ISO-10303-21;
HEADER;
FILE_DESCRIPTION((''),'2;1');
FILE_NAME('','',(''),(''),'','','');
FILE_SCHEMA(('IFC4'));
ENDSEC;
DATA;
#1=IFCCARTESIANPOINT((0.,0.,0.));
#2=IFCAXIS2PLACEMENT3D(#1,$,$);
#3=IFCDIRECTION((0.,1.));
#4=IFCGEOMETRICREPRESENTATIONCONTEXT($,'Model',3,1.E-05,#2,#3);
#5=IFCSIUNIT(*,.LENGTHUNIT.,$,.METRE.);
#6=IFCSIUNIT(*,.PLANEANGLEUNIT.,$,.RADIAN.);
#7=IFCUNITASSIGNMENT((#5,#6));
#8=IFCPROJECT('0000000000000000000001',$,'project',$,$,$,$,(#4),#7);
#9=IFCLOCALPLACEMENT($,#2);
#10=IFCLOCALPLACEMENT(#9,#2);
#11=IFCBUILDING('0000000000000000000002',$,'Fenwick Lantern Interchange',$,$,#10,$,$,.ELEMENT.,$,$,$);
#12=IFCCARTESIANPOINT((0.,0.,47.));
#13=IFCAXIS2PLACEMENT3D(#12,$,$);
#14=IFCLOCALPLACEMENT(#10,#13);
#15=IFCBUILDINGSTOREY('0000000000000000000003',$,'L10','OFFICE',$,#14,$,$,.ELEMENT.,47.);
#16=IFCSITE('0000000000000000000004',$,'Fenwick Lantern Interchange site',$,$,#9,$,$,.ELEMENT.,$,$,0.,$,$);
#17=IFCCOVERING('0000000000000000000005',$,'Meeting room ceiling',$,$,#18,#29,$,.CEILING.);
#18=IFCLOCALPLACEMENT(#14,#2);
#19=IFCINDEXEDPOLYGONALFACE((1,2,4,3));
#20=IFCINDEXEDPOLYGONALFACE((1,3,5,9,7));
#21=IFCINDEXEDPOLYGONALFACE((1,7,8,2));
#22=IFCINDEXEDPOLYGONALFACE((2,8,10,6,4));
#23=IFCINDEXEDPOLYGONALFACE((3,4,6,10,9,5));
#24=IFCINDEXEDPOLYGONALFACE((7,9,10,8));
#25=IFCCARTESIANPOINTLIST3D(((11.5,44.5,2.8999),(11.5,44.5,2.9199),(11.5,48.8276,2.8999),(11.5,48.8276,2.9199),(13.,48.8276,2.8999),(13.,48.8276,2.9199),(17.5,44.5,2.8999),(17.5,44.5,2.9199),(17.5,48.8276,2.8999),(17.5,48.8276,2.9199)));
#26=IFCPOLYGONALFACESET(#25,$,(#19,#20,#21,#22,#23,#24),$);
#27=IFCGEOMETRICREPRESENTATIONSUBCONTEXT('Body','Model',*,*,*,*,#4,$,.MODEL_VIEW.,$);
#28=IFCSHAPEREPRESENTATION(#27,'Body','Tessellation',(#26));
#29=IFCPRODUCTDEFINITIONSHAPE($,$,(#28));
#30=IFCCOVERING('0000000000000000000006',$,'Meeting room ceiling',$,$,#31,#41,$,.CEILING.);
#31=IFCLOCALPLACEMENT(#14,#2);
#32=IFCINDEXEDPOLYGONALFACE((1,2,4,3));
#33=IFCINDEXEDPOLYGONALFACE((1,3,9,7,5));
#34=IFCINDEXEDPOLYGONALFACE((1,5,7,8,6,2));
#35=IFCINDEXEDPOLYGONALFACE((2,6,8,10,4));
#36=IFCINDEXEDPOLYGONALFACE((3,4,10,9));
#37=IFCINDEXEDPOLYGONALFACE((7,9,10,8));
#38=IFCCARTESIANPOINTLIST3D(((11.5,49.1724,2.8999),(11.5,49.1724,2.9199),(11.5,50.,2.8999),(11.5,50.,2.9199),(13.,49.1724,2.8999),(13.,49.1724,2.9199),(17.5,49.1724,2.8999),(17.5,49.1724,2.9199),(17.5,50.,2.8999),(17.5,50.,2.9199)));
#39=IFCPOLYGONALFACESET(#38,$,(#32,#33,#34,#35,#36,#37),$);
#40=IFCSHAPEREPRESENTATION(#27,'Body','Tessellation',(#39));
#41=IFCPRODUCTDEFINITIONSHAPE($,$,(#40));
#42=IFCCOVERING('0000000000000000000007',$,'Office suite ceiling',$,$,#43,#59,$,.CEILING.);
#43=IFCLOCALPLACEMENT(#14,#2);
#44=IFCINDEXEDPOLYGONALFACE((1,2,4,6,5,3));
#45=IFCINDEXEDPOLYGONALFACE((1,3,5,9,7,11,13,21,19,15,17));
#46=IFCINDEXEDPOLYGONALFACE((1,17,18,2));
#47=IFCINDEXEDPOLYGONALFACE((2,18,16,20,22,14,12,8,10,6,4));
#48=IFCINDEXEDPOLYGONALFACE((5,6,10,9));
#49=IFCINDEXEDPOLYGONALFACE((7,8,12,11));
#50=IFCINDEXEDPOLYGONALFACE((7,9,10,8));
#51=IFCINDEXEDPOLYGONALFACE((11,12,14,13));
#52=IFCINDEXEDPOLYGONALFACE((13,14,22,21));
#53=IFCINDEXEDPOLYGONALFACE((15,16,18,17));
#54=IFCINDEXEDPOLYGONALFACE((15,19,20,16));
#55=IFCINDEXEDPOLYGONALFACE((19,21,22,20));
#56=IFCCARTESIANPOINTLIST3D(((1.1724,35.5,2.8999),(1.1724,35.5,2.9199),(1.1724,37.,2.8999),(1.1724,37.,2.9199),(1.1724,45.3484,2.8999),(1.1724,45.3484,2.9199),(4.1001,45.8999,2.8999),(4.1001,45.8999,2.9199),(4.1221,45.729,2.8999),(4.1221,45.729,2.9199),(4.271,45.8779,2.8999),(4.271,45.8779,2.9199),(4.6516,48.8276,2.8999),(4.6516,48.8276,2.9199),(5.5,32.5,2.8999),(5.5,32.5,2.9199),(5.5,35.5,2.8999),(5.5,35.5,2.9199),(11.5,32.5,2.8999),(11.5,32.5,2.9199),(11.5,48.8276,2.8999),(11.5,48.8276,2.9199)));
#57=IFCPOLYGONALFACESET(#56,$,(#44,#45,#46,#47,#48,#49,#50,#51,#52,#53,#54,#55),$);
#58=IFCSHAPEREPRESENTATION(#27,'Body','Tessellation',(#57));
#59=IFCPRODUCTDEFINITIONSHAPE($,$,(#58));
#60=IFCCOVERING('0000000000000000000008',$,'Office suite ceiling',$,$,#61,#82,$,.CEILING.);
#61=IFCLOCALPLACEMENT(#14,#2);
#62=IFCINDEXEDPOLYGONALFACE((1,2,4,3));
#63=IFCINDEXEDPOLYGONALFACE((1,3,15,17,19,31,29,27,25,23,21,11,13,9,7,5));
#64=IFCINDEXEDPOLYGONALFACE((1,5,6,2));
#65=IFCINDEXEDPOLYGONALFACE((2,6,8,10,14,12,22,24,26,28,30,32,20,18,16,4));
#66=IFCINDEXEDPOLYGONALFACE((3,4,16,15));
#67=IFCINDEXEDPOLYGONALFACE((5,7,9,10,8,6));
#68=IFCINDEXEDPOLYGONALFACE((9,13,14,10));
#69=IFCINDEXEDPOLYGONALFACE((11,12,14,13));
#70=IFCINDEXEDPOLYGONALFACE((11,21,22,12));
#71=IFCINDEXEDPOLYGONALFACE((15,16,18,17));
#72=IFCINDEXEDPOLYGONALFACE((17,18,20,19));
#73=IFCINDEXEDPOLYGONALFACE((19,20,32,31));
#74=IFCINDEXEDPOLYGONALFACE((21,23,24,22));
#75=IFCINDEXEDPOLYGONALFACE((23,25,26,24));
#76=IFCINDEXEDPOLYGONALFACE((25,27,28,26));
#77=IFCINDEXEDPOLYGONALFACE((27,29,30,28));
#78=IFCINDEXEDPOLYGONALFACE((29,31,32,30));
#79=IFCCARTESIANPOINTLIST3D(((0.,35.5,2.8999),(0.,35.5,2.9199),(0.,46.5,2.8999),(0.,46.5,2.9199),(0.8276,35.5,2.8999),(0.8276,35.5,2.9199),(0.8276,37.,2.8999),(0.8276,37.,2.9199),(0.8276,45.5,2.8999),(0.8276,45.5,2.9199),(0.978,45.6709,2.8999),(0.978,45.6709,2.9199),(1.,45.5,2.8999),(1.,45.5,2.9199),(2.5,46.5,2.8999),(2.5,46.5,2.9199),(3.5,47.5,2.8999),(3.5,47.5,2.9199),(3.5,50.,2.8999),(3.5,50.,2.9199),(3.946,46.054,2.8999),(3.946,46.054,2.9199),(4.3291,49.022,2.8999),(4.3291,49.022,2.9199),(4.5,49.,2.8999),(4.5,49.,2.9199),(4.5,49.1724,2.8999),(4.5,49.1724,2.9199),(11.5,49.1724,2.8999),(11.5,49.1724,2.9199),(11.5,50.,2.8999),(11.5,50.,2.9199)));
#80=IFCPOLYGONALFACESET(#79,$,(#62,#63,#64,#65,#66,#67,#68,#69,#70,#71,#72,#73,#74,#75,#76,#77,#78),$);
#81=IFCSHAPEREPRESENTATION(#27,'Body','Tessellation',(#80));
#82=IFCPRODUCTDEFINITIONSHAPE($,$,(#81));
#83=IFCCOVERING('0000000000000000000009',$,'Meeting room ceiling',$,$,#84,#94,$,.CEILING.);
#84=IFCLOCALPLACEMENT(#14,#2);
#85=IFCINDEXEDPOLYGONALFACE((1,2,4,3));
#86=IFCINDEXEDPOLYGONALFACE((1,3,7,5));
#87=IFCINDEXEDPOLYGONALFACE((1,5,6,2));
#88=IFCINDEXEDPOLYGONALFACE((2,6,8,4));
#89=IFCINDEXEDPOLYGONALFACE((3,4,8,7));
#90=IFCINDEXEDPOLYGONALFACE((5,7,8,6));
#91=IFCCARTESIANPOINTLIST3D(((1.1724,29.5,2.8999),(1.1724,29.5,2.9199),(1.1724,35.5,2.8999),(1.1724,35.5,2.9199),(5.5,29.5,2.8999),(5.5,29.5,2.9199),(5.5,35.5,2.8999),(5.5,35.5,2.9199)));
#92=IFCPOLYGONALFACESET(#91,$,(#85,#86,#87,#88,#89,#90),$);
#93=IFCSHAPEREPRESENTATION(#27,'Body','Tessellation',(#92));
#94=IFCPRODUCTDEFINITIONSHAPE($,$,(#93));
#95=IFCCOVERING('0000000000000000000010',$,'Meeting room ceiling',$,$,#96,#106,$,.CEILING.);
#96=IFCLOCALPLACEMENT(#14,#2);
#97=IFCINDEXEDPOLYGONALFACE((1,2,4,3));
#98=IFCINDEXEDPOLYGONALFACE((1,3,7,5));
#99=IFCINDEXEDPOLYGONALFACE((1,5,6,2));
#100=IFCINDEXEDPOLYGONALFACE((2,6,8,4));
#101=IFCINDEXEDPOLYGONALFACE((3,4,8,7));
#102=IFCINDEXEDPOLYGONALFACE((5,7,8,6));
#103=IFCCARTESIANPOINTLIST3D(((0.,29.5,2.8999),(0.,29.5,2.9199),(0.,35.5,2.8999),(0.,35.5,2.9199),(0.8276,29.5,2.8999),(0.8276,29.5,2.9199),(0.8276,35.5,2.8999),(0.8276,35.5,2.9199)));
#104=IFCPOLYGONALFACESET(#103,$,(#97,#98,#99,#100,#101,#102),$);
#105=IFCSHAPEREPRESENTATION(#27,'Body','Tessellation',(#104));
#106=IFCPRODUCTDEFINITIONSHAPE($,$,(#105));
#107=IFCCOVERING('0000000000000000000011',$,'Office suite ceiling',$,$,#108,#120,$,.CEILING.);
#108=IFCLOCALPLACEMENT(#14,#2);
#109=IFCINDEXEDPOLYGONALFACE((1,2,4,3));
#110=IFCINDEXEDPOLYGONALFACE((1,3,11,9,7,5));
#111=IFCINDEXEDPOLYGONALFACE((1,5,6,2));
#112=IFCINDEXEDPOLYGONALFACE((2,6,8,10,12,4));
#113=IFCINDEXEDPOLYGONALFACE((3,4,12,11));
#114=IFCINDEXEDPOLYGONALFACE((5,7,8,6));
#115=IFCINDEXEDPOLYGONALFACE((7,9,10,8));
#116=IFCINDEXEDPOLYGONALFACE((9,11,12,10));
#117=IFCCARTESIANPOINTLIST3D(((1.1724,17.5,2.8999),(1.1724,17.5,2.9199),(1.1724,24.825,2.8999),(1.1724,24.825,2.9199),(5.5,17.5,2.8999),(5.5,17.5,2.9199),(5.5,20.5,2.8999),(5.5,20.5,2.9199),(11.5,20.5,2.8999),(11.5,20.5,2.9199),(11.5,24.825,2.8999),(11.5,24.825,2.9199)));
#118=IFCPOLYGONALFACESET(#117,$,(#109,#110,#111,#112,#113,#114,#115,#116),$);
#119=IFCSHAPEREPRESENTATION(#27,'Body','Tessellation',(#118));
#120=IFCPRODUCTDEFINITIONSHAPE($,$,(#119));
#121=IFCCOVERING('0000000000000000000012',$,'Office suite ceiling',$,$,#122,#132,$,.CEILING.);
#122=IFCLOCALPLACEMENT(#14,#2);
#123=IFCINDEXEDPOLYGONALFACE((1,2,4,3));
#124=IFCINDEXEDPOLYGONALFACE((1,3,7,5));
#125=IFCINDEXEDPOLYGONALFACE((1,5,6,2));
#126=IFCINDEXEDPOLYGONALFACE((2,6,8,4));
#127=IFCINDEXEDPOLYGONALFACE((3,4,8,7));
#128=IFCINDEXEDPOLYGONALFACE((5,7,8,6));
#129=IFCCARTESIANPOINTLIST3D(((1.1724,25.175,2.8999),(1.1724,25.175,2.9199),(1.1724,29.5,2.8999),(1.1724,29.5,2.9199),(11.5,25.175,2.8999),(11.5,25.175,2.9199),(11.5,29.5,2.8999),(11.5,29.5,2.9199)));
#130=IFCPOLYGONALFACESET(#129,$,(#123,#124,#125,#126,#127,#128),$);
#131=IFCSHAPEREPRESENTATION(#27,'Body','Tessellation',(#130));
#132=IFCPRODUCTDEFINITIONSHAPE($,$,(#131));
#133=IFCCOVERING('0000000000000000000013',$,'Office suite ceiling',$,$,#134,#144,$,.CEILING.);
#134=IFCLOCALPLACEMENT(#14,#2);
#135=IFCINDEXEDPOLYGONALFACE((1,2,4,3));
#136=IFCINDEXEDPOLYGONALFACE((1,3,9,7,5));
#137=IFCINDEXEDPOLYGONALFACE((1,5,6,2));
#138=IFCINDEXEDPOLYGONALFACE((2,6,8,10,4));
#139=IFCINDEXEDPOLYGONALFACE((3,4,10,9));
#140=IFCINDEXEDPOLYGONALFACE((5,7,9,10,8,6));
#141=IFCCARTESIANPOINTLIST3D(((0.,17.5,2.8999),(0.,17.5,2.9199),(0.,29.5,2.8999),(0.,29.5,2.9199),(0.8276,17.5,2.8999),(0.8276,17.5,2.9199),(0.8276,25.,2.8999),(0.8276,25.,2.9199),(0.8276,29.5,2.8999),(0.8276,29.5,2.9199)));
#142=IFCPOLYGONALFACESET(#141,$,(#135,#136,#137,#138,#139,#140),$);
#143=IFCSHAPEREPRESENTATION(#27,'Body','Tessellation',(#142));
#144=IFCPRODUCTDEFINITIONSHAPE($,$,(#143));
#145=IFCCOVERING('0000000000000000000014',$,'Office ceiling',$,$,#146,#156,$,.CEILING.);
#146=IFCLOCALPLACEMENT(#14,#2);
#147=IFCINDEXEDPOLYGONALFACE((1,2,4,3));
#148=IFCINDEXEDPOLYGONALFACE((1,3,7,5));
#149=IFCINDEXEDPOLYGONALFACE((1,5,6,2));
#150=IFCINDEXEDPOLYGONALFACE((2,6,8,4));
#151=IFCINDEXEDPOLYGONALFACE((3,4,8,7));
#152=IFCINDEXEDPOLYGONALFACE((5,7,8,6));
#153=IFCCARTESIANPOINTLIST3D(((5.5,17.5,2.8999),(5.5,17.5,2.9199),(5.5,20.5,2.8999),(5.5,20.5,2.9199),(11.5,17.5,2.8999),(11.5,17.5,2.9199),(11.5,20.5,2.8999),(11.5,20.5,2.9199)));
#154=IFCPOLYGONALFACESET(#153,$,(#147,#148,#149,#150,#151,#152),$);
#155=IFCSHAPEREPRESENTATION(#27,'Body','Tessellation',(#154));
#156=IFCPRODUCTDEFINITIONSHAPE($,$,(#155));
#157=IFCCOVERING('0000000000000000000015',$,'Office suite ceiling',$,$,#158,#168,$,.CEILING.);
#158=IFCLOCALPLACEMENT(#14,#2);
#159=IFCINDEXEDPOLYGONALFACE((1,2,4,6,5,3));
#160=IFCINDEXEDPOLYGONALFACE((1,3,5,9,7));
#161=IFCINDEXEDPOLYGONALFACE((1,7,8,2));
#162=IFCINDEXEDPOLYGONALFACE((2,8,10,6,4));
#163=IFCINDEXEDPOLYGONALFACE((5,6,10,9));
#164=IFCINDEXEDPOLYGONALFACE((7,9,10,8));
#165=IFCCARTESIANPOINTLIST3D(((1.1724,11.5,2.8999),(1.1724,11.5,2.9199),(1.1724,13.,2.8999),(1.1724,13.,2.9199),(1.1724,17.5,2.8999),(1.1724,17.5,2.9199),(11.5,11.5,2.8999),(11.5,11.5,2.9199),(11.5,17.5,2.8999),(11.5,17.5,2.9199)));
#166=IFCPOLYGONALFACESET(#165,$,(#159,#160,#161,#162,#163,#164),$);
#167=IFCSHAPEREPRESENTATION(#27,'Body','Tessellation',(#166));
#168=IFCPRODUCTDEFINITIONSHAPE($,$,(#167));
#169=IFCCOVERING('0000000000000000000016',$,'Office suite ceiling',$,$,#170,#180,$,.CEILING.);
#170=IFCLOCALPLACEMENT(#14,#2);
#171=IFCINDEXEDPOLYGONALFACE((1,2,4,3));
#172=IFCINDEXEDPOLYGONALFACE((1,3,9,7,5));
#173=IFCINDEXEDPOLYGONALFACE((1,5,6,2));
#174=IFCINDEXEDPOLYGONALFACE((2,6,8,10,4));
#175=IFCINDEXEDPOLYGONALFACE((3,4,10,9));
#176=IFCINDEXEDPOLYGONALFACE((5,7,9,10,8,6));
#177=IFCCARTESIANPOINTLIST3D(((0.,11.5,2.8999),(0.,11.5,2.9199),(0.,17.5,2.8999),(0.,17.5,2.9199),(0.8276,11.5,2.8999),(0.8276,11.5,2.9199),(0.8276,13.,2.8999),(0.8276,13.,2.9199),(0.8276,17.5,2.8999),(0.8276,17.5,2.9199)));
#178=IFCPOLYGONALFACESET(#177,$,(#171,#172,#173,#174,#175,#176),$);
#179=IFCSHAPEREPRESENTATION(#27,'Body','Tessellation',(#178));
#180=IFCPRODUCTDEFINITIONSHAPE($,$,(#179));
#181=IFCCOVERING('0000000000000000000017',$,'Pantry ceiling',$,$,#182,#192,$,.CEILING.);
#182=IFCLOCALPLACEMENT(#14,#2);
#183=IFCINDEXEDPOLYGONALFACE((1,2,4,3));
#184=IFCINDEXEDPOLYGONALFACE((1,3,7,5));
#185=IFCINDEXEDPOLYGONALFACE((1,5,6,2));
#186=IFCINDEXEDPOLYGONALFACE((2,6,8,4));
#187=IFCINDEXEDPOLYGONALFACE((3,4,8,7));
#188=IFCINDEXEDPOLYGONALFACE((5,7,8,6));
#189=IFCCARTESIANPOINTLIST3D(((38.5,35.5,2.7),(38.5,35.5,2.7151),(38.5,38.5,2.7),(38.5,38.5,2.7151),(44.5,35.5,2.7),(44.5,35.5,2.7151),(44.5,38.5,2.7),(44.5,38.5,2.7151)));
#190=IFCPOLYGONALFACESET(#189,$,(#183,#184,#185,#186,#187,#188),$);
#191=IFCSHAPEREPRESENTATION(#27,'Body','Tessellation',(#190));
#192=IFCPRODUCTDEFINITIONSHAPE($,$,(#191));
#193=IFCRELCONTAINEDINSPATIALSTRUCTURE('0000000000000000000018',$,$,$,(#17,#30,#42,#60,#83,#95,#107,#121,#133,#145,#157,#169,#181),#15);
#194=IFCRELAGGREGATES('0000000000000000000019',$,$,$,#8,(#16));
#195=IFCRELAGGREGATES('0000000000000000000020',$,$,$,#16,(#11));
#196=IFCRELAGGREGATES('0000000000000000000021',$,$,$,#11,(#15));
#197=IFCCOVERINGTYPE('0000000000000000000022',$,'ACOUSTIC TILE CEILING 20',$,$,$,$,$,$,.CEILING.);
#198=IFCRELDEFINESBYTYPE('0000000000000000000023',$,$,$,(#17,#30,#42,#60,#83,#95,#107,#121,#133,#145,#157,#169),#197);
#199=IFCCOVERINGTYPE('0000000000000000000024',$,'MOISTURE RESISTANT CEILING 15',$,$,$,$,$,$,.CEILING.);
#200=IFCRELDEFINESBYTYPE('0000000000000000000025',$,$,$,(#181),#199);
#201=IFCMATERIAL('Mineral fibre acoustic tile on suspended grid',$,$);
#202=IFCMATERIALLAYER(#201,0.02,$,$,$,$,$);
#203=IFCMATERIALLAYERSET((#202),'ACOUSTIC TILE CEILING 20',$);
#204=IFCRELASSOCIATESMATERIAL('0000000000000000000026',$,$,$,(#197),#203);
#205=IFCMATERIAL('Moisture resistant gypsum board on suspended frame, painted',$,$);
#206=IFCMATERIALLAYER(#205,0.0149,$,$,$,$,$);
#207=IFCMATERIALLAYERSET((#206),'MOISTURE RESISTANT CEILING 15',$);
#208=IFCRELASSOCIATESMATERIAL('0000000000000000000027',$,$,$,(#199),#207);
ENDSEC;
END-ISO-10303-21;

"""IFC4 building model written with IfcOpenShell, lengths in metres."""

from ifc_helpers import new_model, si_unit, direction, frame, origin, place, context, subcontext, project, spatial, polyline, outline, extrude, material, layer, layer_set, type_object, element, save


model = new_model("IFC4")

# Units and contexts
model_context = context("Model", 3, precision=1e-05, world=origin(), true_north=direction((0.0, 1.0)))
body_context = subcontext(model_context, "Body", "Model", "MODEL_VIEW")
ifc_project = project(units=[si_unit("LENGTHUNIT", "METRE"), si_unit("PLANEANGLEUNIT", "RADIAN")], contexts=[model_context])

# Site, building, storey
site_placement = place(None, origin())
site = spatial("IfcSite", under=ifc_project, at=site_placement, Name="Fenwick Lantern Interchange site", CompositionType="ELEMENT", RefElevation=0.0)
building_placement = place(site_placement, origin())
building = spatial("IfcBuilding", under=site, at=building_placement, Name="Fenwick Lantern Interchange", CompositionType="ELEMENT")
storey_placement = place(building_placement, frame((0.0, 0.0, 47.0)))
storey = spatial("IfcBuildingStorey", under=building, at=storey_placement, Name="L10", Description="OFFICE", CompositionType="ELEMENT", Elevation=47.0)

# Coverings
ifc_material_1 = material(Name="Mineral fibre acoustic tile on suspended grid")
ifc_layer_1 = layer(ifc_material_1, 0.02)
ifc_layer_set_1 = layer_set([ifc_layer_1], Name="ACOUSTIC TILE CEILING 20")
covering_type_1 = type_object("IfcCoveringType", Name="ACOUSTIC TILE CEILING 20", PredefinedType="CEILING", material=ifc_layer_set_1)
covering_1_placement = place(storey_placement, frame((0.0, 0.0, 2.8999)))
element("IfcCovering", 1, at=covering_1_placement, inside=storey, type_object=covering_type_1, Name="Meeting room ceiling", PredefinedType="CEILING", context=body_context, shape_type="SweptSolid", body=[
    extrude(outline(polyline([(17.5, 44.5), (17.5, 48.8276), (13.0, 48.8276), (11.5, 48.8276), (11.5, 44.5), (17.5, 44.5)])), origin(), (0.0, 0.0, 1.0), 0.02),
])
covering_2_placement = place(storey_placement, frame((0.0, 0.0, 2.8999)))
element("IfcCovering", 2, at=covering_2_placement, inside=storey, type_object=covering_type_1, Name="Meeting room ceiling", PredefinedType="CEILING", context=body_context, shape_type="SweptSolid", body=[
    extrude(outline(polyline([(11.5, 50.0), (11.5, 49.1724), (13.0, 49.1724), (17.5, 49.1724), (17.5, 50.0), (11.5, 50.0)])), origin(), (0.0, 0.0, 1.0), 0.02),
])
covering_3_placement = place(storey_placement, frame((0.0, 0.0, 2.8999)))
element("IfcCovering", 3, at=covering_3_placement, inside=storey, type_object=covering_type_1, Name="Office suite ceiling", PredefinedType="CEILING", context=body_context, shape_type="SweptSolid", body=[
    extrude(outline(polyline([(11.5, 32.5), (11.5, 48.8276), (4.6516, 48.8276), (4.271, 45.8779), (4.1001, 45.8999), (4.1221, 45.729), (1.1724, 45.3484), (1.1724, 37.0), (1.1724, 35.5), (5.5, 35.5), (5.5, 32.5), (11.5, 32.5)])), origin(), (0.0, 0.0, 1.0), 0.02),
])
covering_4_placement = place(storey_placement, frame((0.0, 0.0, 2.8999)))
element("IfcCovering", 4, at=covering_4_placement, inside=storey, type_object=covering_type_1, Name="Office suite ceiling", PredefinedType="CEILING", context=body_context, shape_type="SweptSolid", body=[
    extrude(outline(polyline([(3.5, 47.5), (2.5, 46.5), (0.0, 46.5), (0.0, 35.5), (0.8276, 35.5), (0.8276, 37.0), (0.8276, 45.5), (1.0, 45.5), (0.978, 45.6709), (3.946, 46.054), (4.3291, 49.022), (4.5, 49.0), (4.5, 49.1724), (11.5, 49.1724), (11.5, 50.0), (3.5, 50.0), (3.5, 47.5)])), origin(), (0.0, 0.0, 1.0), 0.02),
])
covering_5_placement = place(storey_placement, frame((0.0, 0.0, 2.8999)))
element("IfcCovering", 5, at=covering_5_placement, inside=storey, type_object=covering_type_1, Name="Meeting room ceiling", PredefinedType="CEILING", context=body_context, shape_type="SweptSolid", body=[
    extrude(outline(polyline([(5.5, 35.5), (1.1724, 35.5), (1.1724, 29.5), (5.5, 29.5), (5.5, 35.5)])), origin(), (0.0, 0.0, 1.0), 0.02),
])
covering_6_placement = place(storey_placement, frame((0.0, 0.0, 2.8999)))
element("IfcCovering", 6, at=covering_6_placement, inside=storey, type_object=covering_type_1, Name="Meeting room ceiling", PredefinedType="CEILING", context=body_context, shape_type="SweptSolid", body=[
    extrude(outline(polyline([(0.0, 29.5), (0.8276, 29.5), (0.8276, 35.5), (0.0, 35.5), (0.0, 29.5)])), origin(), (0.0, 0.0, 1.0), 0.02),
])
covering_7_placement = place(storey_placement, frame((0.0, 0.0, 2.8999)))
element("IfcCovering", 7, at=covering_7_placement, inside=storey, type_object=covering_type_1, Name="Office suite ceiling", PredefinedType="CEILING", context=body_context, shape_type="SweptSolid", body=[
    extrude(outline(polyline([(11.5, 20.5), (11.5, 24.825), (1.1724, 24.825), (1.1724, 17.5), (5.5, 17.5), (5.5, 20.5), (11.5, 20.5)])), origin(), (0.0, 0.0, 1.0), 0.02),
])
covering_8_placement = place(storey_placement, frame((0.0, 0.0, 2.8999)))
element("IfcCovering", 8, at=covering_8_placement, inside=storey, type_object=covering_type_1, Name="Office suite ceiling", PredefinedType="CEILING", context=body_context, shape_type="SweptSolid", body=[
    extrude(outline(polyline([(11.5, 29.5), (1.1724, 29.5), (1.1724, 25.175), (11.5, 25.175), (11.5, 29.5)])), origin(), (0.0, 0.0, 1.0), 0.02),
])
covering_9_placement = place(storey_placement, frame((0.0, 0.0, 2.8999)))
element("IfcCovering", 9, at=covering_9_placement, inside=storey, type_object=covering_type_1, Name="Office suite ceiling", PredefinedType="CEILING", context=body_context, shape_type="SweptSolid", body=[
    extrude(outline(polyline([(0.8276, 29.5), (0.0, 29.5), (0.0, 17.5), (0.8276, 17.5), (0.8276, 25.0), (0.8276, 29.5)])), origin(), (0.0, 0.0, 1.0), 0.02),
])
covering_10_placement = place(storey_placement, frame((0.0, 0.0, 2.8999)))
element("IfcCovering", 10, at=covering_10_placement, inside=storey, type_object=covering_type_1, Name="Office ceiling", PredefinedType="CEILING", context=body_context, shape_type="SweptSolid", body=[
    extrude(outline(polyline([(5.5, 20.5), (5.5, 17.5), (11.5, 17.5), (11.5, 20.5), (5.5, 20.5)])), origin(), (0.0, 0.0, 1.0), 0.02),
])
covering_11_placement = place(storey_placement, frame((0.0, 0.0, 2.8999)))
element("IfcCovering", 11, at=covering_11_placement, inside=storey, type_object=covering_type_1, Name="Office suite ceiling", PredefinedType="CEILING", context=body_context, shape_type="SweptSolid", body=[
    extrude(outline(polyline([(11.5, 17.5), (1.1724, 17.5), (1.1724, 13.0), (1.1724, 11.5), (11.5, 11.5), (11.5, 17.5)])), origin(), (0.0, 0.0, 1.0), 0.02),
])
covering_12_placement = place(storey_placement, frame((0.0, 0.0, 2.8999)))
element("IfcCovering", 12, at=covering_12_placement, inside=storey, type_object=covering_type_1, Name="Office suite ceiling", PredefinedType="CEILING", context=body_context, shape_type="SweptSolid", body=[
    extrude(outline(polyline([(0.0, 17.5), (0.0, 11.5), (0.8276, 11.5), (0.8276, 13.0), (0.8276, 17.5), (0.0, 17.5)])), origin(), (0.0, 0.0, 1.0), 0.02),
])
ifc_material_2 = material(Name="Moisture resistant gypsum board on suspended frame, painted")
ifc_layer_2 = layer(ifc_material_2, 0.0149)
ifc_layer_set_2 = layer_set([ifc_layer_2], Name="MOISTURE RESISTANT CEILING 15")
covering_type_2 = type_object("IfcCoveringType", Name="MOISTURE RESISTANT CEILING 15", PredefinedType="CEILING", material=ifc_layer_set_2)
covering_13_placement = place(storey_placement, frame((0.0, 0.0, 2.7)))
element("IfcCovering", 13, at=covering_13_placement, inside=storey, type_object=covering_type_2, Name="Pantry ceiling", PredefinedType="CEILING", context=body_context, shape_type="SweptSolid", body=[
    extrude(outline(polyline([(44.5, 35.5), (44.5, 38.5), (38.5, 38.5), (38.5, 35.5), (44.5, 35.5)])), origin(), (0.0, 0.0, 1.0), 0.0151),
])

save(model, "model.ifc")
